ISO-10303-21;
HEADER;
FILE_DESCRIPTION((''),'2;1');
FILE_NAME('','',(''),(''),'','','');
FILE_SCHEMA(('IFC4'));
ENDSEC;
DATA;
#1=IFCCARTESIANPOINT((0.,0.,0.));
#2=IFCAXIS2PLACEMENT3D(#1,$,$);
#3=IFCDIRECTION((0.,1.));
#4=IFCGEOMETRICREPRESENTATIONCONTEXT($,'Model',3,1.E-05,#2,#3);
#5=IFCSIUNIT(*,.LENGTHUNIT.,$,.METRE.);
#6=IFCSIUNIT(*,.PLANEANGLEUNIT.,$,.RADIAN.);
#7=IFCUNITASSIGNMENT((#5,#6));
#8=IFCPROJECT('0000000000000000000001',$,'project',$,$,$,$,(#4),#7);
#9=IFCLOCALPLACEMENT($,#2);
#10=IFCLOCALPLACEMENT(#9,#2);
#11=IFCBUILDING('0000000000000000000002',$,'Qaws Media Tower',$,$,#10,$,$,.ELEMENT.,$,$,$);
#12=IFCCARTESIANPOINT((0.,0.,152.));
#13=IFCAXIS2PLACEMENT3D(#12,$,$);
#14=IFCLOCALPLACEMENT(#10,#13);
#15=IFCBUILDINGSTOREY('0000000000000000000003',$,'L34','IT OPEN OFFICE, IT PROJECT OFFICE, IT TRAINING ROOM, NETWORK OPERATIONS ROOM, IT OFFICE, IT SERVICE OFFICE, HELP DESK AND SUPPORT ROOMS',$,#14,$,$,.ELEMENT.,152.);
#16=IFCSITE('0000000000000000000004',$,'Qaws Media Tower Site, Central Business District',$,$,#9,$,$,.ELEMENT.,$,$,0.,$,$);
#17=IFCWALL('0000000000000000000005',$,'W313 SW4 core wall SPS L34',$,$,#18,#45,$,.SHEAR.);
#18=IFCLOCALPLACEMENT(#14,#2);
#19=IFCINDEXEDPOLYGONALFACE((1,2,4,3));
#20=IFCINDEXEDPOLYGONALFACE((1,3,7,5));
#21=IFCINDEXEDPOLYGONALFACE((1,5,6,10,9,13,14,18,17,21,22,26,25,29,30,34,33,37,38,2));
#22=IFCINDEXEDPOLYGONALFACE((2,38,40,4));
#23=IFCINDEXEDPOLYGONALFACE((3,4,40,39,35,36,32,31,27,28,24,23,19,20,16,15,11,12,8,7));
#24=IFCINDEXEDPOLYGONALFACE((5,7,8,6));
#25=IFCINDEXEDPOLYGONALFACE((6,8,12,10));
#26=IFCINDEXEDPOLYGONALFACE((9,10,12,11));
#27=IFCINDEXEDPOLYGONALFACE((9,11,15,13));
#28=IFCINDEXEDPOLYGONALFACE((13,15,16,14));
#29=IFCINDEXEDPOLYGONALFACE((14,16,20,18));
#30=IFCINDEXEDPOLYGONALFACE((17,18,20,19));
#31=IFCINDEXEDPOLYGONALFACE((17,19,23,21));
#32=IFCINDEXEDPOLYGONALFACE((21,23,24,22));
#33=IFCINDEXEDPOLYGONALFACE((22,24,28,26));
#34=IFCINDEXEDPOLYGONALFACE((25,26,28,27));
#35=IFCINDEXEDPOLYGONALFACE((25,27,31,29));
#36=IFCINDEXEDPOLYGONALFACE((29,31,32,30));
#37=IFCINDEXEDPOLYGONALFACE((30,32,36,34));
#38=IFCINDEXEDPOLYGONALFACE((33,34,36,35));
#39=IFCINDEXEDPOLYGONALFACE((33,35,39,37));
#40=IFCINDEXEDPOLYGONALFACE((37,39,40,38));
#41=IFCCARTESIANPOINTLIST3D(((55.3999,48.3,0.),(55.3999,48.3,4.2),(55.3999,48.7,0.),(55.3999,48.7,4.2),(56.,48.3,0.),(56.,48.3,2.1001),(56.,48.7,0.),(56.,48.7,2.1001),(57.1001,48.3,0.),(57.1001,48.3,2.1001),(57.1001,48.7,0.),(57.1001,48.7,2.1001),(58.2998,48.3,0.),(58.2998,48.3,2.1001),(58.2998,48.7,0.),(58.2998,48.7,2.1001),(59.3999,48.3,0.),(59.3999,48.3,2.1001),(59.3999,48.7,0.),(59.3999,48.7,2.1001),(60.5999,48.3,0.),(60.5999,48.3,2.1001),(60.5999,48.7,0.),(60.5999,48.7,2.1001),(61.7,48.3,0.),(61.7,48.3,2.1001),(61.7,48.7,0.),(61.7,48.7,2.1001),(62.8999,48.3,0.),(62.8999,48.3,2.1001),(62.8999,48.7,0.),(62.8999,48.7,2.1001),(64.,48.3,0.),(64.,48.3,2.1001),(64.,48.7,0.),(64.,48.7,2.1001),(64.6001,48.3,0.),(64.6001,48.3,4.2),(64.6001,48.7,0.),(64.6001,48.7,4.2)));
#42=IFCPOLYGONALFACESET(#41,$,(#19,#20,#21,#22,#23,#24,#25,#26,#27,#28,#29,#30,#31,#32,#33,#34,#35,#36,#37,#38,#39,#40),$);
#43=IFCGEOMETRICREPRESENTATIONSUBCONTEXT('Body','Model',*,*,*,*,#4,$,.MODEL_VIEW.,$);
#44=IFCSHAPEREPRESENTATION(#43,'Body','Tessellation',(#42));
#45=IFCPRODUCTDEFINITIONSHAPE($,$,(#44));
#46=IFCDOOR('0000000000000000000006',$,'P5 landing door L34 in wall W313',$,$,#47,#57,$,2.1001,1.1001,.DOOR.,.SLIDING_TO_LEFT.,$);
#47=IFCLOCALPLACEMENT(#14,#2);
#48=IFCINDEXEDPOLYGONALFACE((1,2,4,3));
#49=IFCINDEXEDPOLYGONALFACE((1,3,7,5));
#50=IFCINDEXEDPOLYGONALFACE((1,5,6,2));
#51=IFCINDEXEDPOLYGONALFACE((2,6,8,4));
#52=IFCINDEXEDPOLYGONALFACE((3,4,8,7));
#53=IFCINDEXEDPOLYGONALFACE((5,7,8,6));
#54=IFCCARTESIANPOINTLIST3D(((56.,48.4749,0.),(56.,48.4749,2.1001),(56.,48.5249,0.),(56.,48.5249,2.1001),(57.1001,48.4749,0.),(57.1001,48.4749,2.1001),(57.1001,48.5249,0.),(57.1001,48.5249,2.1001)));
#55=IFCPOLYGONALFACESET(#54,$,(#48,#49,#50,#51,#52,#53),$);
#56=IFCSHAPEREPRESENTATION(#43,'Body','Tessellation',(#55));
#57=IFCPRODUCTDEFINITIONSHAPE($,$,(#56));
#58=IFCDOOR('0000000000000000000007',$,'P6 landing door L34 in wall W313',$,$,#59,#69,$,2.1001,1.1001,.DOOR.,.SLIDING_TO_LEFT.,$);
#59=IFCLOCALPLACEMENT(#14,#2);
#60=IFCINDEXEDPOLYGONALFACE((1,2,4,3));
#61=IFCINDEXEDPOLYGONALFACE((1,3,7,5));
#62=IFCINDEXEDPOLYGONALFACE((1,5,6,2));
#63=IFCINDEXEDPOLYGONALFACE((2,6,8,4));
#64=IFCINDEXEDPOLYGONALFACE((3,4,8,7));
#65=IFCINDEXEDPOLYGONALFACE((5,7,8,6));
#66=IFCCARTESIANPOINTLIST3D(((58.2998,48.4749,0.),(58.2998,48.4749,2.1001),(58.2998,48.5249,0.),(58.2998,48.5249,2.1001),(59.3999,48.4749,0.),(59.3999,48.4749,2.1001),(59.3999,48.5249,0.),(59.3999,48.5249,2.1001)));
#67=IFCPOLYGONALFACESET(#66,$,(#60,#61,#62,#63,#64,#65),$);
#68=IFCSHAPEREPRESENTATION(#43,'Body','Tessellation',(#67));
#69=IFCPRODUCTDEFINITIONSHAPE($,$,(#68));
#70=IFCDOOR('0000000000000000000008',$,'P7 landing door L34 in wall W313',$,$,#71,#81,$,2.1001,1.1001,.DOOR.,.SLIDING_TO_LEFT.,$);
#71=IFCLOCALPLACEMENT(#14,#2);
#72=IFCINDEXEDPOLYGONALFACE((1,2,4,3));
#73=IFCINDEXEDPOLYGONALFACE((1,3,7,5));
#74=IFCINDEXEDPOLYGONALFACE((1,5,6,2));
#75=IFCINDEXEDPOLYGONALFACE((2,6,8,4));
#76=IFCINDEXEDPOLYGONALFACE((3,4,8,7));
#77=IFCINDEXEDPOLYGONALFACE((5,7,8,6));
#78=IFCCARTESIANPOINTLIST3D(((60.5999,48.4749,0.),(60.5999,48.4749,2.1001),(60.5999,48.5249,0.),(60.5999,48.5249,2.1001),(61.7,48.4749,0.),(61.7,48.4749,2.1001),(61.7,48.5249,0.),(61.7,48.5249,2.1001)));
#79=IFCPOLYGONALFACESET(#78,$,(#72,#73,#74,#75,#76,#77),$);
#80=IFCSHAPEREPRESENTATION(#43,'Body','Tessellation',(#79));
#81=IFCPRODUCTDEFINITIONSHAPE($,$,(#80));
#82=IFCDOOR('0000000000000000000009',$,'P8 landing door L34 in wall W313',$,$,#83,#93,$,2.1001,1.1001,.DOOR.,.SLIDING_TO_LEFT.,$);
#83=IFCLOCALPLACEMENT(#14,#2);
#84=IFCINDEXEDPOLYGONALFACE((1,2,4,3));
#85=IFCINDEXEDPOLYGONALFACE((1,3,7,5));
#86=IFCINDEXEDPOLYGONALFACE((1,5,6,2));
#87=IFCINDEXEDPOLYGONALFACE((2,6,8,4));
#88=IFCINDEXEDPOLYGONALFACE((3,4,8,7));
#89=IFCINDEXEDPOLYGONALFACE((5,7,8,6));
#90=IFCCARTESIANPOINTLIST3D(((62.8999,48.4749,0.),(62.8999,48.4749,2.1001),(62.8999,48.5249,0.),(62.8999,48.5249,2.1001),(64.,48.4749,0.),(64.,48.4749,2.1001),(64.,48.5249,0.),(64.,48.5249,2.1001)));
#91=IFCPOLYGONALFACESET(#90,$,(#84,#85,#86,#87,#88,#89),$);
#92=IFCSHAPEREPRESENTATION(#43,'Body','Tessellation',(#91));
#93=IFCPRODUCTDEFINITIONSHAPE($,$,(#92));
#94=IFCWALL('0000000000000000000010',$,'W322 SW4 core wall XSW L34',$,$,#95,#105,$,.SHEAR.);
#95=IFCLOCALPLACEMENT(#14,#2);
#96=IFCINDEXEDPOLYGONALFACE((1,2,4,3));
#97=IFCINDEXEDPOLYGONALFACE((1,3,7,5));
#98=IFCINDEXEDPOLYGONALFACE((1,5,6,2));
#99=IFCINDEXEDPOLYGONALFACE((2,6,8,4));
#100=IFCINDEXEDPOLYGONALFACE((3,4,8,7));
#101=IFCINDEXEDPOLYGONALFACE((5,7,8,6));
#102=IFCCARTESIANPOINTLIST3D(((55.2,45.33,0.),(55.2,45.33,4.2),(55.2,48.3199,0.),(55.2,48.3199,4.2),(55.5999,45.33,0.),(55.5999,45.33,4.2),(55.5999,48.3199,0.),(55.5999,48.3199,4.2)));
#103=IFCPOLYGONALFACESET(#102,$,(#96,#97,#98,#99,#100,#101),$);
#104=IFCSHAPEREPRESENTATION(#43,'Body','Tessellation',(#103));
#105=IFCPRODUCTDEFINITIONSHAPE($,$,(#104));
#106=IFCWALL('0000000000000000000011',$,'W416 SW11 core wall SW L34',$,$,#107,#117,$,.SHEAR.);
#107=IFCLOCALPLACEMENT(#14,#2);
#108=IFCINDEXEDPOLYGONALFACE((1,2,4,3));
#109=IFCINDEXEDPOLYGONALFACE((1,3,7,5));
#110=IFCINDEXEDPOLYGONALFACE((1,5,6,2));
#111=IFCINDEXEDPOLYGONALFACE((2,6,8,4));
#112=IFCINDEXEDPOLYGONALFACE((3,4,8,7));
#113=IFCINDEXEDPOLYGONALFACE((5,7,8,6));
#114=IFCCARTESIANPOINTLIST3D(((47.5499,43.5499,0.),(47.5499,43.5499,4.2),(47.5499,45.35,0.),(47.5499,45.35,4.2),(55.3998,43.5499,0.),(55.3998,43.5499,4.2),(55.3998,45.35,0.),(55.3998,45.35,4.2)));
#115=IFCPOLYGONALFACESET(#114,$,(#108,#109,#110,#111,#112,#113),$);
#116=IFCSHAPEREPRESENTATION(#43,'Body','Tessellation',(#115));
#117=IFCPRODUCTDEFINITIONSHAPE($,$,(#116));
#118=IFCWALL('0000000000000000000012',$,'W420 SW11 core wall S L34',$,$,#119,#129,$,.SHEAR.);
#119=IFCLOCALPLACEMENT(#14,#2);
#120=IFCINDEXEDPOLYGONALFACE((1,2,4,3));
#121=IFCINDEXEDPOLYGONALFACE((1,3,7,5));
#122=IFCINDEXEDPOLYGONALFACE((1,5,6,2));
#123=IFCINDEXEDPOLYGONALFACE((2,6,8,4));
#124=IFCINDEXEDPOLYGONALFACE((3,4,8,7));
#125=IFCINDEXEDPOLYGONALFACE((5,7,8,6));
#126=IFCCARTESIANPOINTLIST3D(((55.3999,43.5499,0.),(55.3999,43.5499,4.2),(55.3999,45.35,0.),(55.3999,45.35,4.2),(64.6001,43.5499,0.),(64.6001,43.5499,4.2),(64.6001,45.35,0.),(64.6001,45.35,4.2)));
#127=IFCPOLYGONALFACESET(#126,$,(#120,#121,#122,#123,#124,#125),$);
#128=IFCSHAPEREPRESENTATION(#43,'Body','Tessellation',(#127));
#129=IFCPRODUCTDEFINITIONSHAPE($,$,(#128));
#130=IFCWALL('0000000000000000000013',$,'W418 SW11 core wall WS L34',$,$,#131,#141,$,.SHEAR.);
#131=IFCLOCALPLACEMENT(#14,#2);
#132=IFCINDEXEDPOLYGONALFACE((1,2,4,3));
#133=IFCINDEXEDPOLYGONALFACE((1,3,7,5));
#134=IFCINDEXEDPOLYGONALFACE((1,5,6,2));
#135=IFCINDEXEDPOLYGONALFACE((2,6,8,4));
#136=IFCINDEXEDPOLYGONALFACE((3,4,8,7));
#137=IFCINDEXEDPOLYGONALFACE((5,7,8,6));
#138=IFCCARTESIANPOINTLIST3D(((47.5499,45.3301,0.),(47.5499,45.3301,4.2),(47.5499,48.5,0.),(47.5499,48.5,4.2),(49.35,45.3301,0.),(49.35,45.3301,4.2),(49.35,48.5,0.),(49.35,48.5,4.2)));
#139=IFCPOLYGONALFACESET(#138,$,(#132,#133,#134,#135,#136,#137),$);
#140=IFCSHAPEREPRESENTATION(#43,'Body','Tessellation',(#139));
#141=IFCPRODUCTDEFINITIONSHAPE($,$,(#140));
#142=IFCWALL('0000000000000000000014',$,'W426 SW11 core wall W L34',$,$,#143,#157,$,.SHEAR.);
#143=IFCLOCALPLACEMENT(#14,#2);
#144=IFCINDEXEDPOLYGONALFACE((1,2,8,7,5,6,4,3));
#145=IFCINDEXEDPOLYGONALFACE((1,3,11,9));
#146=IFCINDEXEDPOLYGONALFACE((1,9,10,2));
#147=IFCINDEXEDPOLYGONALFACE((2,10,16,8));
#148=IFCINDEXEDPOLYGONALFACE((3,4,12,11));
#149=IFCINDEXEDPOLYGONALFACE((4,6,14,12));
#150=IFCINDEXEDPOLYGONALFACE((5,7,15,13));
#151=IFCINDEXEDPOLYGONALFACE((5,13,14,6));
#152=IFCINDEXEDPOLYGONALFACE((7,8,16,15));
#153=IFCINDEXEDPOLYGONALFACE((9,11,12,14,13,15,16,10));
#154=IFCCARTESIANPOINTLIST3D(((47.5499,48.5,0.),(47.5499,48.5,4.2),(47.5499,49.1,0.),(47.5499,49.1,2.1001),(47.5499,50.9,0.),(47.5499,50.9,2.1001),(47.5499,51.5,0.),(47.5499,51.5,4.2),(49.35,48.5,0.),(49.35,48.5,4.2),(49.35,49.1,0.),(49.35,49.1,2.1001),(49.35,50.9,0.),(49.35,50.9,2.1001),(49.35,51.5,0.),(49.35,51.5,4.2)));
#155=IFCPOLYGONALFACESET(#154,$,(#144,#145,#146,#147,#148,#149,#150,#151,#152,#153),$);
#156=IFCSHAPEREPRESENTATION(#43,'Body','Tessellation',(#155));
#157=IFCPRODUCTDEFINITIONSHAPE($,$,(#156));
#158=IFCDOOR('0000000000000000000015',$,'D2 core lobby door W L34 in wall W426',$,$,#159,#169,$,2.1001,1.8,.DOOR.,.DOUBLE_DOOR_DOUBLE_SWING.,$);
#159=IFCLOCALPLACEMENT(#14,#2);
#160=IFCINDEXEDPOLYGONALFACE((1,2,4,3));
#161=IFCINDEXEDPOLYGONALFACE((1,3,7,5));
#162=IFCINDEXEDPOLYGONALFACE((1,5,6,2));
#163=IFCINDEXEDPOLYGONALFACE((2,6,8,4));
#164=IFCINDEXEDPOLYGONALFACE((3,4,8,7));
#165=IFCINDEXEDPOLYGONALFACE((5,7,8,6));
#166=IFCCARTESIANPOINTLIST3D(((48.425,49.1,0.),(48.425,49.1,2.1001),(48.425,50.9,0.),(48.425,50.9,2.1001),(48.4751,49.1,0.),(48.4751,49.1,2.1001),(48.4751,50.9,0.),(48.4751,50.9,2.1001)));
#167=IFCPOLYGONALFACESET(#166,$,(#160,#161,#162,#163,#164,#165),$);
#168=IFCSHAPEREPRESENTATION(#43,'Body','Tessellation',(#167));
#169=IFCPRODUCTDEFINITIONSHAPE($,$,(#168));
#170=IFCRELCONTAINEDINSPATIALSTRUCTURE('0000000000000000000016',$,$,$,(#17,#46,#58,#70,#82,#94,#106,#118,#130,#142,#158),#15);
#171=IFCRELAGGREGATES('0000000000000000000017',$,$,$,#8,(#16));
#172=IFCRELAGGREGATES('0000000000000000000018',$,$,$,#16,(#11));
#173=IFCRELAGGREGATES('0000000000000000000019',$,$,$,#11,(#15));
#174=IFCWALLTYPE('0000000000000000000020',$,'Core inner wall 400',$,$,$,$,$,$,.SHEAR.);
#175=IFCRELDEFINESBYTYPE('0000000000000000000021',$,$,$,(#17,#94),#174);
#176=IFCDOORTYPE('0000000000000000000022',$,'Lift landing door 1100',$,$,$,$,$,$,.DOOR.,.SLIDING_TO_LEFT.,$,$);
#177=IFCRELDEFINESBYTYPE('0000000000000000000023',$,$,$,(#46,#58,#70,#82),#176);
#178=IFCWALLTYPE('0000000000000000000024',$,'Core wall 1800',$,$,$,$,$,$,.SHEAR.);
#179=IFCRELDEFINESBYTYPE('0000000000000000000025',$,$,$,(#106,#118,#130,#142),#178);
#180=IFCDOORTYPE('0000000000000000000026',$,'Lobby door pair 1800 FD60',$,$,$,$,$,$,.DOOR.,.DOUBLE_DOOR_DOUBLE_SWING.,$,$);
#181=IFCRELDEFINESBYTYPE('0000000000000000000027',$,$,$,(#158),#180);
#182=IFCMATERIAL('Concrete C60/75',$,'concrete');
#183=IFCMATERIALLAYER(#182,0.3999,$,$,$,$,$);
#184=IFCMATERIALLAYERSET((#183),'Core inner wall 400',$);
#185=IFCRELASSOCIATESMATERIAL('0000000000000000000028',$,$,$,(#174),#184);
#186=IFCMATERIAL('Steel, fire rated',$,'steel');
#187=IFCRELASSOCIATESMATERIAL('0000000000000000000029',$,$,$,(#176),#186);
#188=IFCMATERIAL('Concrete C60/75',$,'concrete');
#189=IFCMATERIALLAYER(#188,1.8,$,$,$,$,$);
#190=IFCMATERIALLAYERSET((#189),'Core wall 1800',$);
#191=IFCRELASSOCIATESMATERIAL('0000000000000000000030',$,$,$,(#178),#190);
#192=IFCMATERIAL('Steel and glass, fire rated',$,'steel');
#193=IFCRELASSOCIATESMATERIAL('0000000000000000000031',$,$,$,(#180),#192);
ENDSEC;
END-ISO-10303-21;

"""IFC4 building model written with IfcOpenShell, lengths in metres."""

from ifc_helpers import new_model, si_unit, direction, frame, frame_2d, origin, place, context, subcontext, project, spatial, rectangle, extrude, material, layer, layer_set, type_object, element, fill, save


model = new_model("IFC4")

# Units and contexts
model_context = context("Model", 3, precision=1e-05, world=origin(), true_north=direction((0.0, 1.0)))
body_context = subcontext(model_context, "Body", "Model", "MODEL_VIEW")
ifc_project = project(units=[si_unit("LENGTHUNIT", "METRE"), si_unit("PLANEANGLEUNIT", "RADIAN")], contexts=[model_context])

# Site, building, storey
site_placement = place(None, origin())
site = spatial("IfcSite", under=ifc_project, at=site_placement, Name="Qaws Media Tower Site, Central Business District", CompositionType="ELEMENT", RefElevation=0.0)
building_placement = place(site_placement, origin())
building = spatial("IfcBuilding", under=site, at=building_placement, Name="Qaws Media Tower", CompositionType="ELEMENT")
storey_placement = place(building_placement, frame((0.0, 0.0, 152.0)))
storey = spatial("IfcBuildingStorey", under=building, at=storey_placement, Name="L34", Description="IT OPEN OFFICE, IT PROJECT OFFICE, IT TRAINING ROOM, NETWORK OPERATIONS ROOM, IT OFFICE, IT SERVICE OFFICE, HELP DESK AND SUPPORT ROOMS", CompositionType="ELEMENT", Elevation=152.0)

# Shared definitions
ifc_material_1 = material(Name="Concrete C60/75", Category="concrete")
ifc_layer_1 = layer(ifc_material_1, 0.3999)
ifc_layer_set_1 = layer_set([ifc_layer_1], Name="Core inner wall 400")
wall_type_1 = type_object("IfcWallType", Name="Core inner wall 400", PredefinedType="SHEAR", material=ifc_layer_set_1)

# Wall, openings, doors
wall_1_placement = place(storey_placement, frame((55.3999, 48.5, 0.0), z_axis=(0.0, 0.0, 1.0), x_axis=(1.0, 0.0, 0.0)))
wall_1 = element("IfcWall", 1, at=wall_1_placement, inside=storey, type_object=wall_type_1, Name="W313 SW4 core wall SPS L34", PredefinedType="SHEAR", context=body_context, shape_type="SweptSolid", body=[
    extrude(rectangle(XDim=9.2002, YDim=0.3999, at=frame_2d((4.6001, 0.0))), origin(), (0.0, 0.0, 1.0), 4.2),
])
opening_1_placement = place(wall_1_placement, frame((0.6001, 0.0, 0.0)))
opening_1 = element("IfcOpeningElement", 2, at=opening_1_placement, cuts=wall_1, PredefinedType="OPENING", context=body_context, shape_type="SweptSolid", body=[
    extrude(rectangle(XDim=1.1001, YDim=2.1001, at=frame_2d((0.55, 1.05))), frame((0.0, 0.21, 0.0), z_axis=(0.0, -1.0, 0.0), x_axis=(1.0, 0.0, 0.0)), (0.0, 0.0, 1.0), 0.4199),
])
opening_2_placement = place(wall_1_placement, frame((2.8999, 0.0, 0.0)))
opening_2 = element("IfcOpeningElement", 3, at=opening_2_placement, cuts=wall_1, PredefinedType="OPENING", context=body_context, shape_type="SweptSolid", body=[
    extrude(rectangle(XDim=1.1001, YDim=2.1001, at=frame_2d((0.55, 1.05))), frame((0.0, 0.21, 0.0), z_axis=(0.0, -1.0, 0.0), x_axis=(1.0, 0.0, 0.0)), (0.0, 0.0, 1.0), 0.4199),
])
opening_3_placement = place(wall_1_placement, frame((5.2, 0.0, 0.0)))
opening_3 = element("IfcOpeningElement", 4, at=opening_3_placement, cuts=wall_1, PredefinedType="OPENING", context=body_context, shape_type="SweptSolid", body=[
    extrude(rectangle(XDim=1.1001, YDim=2.1001, at=frame_2d((0.55, 1.05))), frame((0.0, 0.21, 0.0), z_axis=(0.0, -1.0, 0.0), x_axis=(1.0, 0.0, 0.0)), (0.0, 0.0, 1.0), 0.4199),
])
opening_4_placement = place(wall_1_placement, frame((7.5, 0.0, 0.0)))
opening_4 = element("IfcOpeningElement", 5, at=opening_4_placement, cuts=wall_1, PredefinedType="OPENING", context=body_context, shape_type="SweptSolid", body=[
    extrude(rectangle(XDim=1.1001, YDim=2.1001, at=frame_2d((0.55, 1.05))), frame((0.0, 0.21, 0.0), z_axis=(0.0, -1.0, 0.0), x_axis=(1.0, 0.0, 0.0)), (0.0, 0.0, 1.0), 0.4199),
])
ifc_material_2 = material(Name="Steel, fire rated", Category="steel")
door_type_1 = type_object("IfcDoorType", Name="Lift landing door 1100", OperationType="SLIDING_TO_LEFT", PredefinedType="DOOR", material=ifc_material_2)
door_1_placement = place(opening_1_placement, origin())
door_1 = element("IfcDoor", 6, at=door_1_placement, inside=storey, type_object=door_type_1, Name="P5 landing door L34 in wall W313", OperationType="SLIDING_TO_LEFT", OverallHeight=2.1001, OverallWidth=1.1001, PredefinedType="DOOR", context=body_context, shape_type="SweptSolid", body=[
    extrude(rectangle(XDim=1.1001, YDim=2.1001, at=frame_2d((0.55, 1.05))), frame((0.0, 0.0249, 0.0), z_axis=(0.0, -1.0, 0.0), x_axis=(1.0, 0.0, 0.0)), (0.0, 0.0, 1.0), 0.05),
])
fill(opening_1, door_1)
door_2_placement = place(opening_2_placement, origin())
door_2 = element("IfcDoor", 7, at=door_2_placement, inside=storey, type_object=door_type_1, Name="P6 landing door L34 in wall W313", OperationType="SLIDING_TO_LEFT", OverallHeight=2.1001, OverallWidth=1.1001, PredefinedType="DOOR", context=body_context, shape_type="SweptSolid", body=[
    extrude(rectangle(XDim=1.1001, YDim=2.1001, at=frame_2d((0.55, 1.05))), frame((0.0, 0.0249, 0.0), z_axis=(0.0, -1.0, 0.0), x_axis=(1.0, 0.0, 0.0)), (0.0, 0.0, 1.0), 0.05),
])
fill(opening_2, door_2)
door_3_placement = place(opening_3_placement, origin())
door_3 = element("IfcDoor", 8, at=door_3_placement, inside=storey, type_object=door_type_1, Name="P7 landing door L34 in wall W313", OperationType="SLIDING_TO_LEFT", OverallHeight=2.1001, OverallWidth=1.1001, PredefinedType="DOOR", context=body_context, shape_type="SweptSolid", body=[
    extrude(rectangle(XDim=1.1001, YDim=2.1001, at=frame_2d((0.55, 1.05))), frame((0.0, 0.0249, 0.0), z_axis=(0.0, -1.0, 0.0), x_axis=(1.0, 0.0, 0.0)), (0.0, 0.0, 1.0), 0.05),
])
fill(opening_3, door_3)
door_4_placement = place(opening_4_placement, origin())
door_4 = element("IfcDoor", 9, at=door_4_placement, inside=storey, type_object=door_type_1, Name="P8 landing door L34 in wall W313", OperationType="SLIDING_TO_LEFT", OverallHeight=2.1001, OverallWidth=1.1001, PredefinedType="DOOR", context=body_context, shape_type="SweptSolid", body=[
    extrude(rectangle(XDim=1.1001, YDim=2.1001, at=frame_2d((0.55, 1.05))), frame((0.0, 0.0249, 0.0), z_axis=(0.0, -1.0, 0.0), x_axis=(1.0, 0.0, 0.0)), (0.0, 0.0, 1.0), 0.05),
])
fill(opening_4, door_4)

# Walls
wall_2_placement = place(storey_placement, frame((55.3999, 48.3201, 0.0), z_axis=(0.0, 0.0, 1.0), x_axis=(0.0, -1.0, 0.0)))
element("IfcWall", 10, at=wall_2_placement, inside=storey, type_object=wall_type_1, Name="W322 SW4 core wall XSW L34", PredefinedType="SHEAR", context=body_context, shape_type="SweptSolid", body=[
    extrude(rectangle(XDim=2.99, YDim=0.3999, at=frame_2d((1.4951, 0.0))), origin(), (0.0, 0.0, 1.0), 4.2),
])
ifc_material_3 = material(Name="Concrete C60/75", Category="concrete")
ifc_layer_2 = layer(ifc_material_3, 1.8)
ifc_layer_set_2 = layer_set([ifc_layer_2], Name="Core wall 1800")
wall_type_2 = type_object("IfcWallType", Name="Core wall 1800", PredefinedType="SHEAR", material=ifc_layer_set_2)
wall_3_placement = place(storey_placement, frame((47.55, 44.45, 0.0), z_axis=(0.0, 0.0, 1.0), x_axis=(1.0, 0.0, 0.0)))
element("IfcWall", 11, at=wall_3_placement, inside=storey, type_object=wall_type_2, Name="W416 SW11 core wall SW L34", PredefinedType="SHEAR", context=body_context, shape_type="SweptSolid", body=[
    extrude(rectangle(XDim=7.8499, YDim=1.8, at=frame_2d((3.9248, 0.0))), origin(), (0.0, 0.0, 1.0), 4.2),
])
wall_4_placement = place(storey_placement, frame((55.3999, 44.45, 0.0), z_axis=(0.0, 0.0, 1.0), x_axis=(1.0, 0.0, 0.0)))
element("IfcWall", 12, at=wall_4_placement, inside=storey, type_object=wall_type_2, Name="W420 SW11 core wall S L34", PredefinedType="SHEAR", context=body_context, shape_type="SweptSolid", body=[
    extrude(rectangle(XDim=9.2002, YDim=1.8, at=frame_2d((4.6001, 0.0))), origin(), (0.0, 0.0, 1.0), 4.2),
])
wall_5_placement = place(storey_placement, frame((48.45, 45.3301, 0.0), z_axis=(0.0, 0.0, 1.0), x_axis=(0.0, 1.0, 0.0)))
element("IfcWall", 13, at=wall_5_placement, inside=storey, type_object=wall_type_2, Name="W418 SW11 core wall WS L34", PredefinedType="SHEAR", context=body_context, shape_type="SweptSolid", body=[
    extrude(rectangle(XDim=3.1699, YDim=1.8, at=frame_2d((1.585, 0.0))), origin(), (0.0, 0.0, 1.0), 4.2),
])

# Wall, opening, door
wall_6_placement = place(storey_placement, frame((48.45, 48.5, 0.0), z_axis=(0.0, 0.0, 1.0), x_axis=(0.0, 1.0, 0.0)))
wall_6 = element("IfcWall", 14, at=wall_6_placement, inside=storey, type_object=wall_type_2, Name="W426 SW11 core wall W L34", PredefinedType="SHEAR", context=body_context, shape_type="SweptSolid", body=[
    extrude(rectangle(XDim=3.0, YDim=1.8, at=frame_2d((1.5, 0.0))), origin(), (0.0, 0.0, 1.0), 4.2),
])
opening_5_placement = place(wall_6_placement, frame((0.6001, 0.0, 0.0)))
opening_5 = element("IfcOpeningElement", 15, at=opening_5_placement, cuts=wall_6, PredefinedType="OPENING", context=body_context, shape_type="SweptSolid", body=[
    extrude(rectangle(XDim=1.8, YDim=2.1001, at=frame_2d((0.8999, 1.05))), frame((0.0, 0.9099, 0.0), z_axis=(0.0, -1.0, 0.0), x_axis=(1.0, 0.0, 0.0)), (0.0, 0.0, 1.0), 1.8201),
])
ifc_material_4 = material(Name="Steel and glass, fire rated", Category="steel")
door_type_2 = type_object("IfcDoorType", Name="Lobby door pair 1800 FD60", OperationType="DOUBLE_DOOR_DOUBLE_SWING", PredefinedType="DOOR", material=ifc_material_4)
door_5_placement = place(opening_5_placement, origin())
door_5 = element("IfcDoor", 16, at=door_5_placement, inside=storey, type_object=door_type_2, Name="D2 core lobby door W L34 in wall W426", OperationType="DOUBLE_DOOR_DOUBLE_SWING", OverallHeight=2.1001, OverallWidth=1.8, PredefinedType="DOOR", context=body_context, shape_type="SweptSolid", body=[
    extrude(rectangle(XDim=1.8, YDim=2.1001, at=frame_2d((0.8999, 1.05))), frame((0.0, 0.0249, 0.0), z_axis=(0.0, -1.0, 0.0), x_axis=(1.0, 0.0, 0.0)), (0.0, 0.0, 1.0), 0.05),
])
fill(opening_5, door_5)

save(model, "model.ifc")
